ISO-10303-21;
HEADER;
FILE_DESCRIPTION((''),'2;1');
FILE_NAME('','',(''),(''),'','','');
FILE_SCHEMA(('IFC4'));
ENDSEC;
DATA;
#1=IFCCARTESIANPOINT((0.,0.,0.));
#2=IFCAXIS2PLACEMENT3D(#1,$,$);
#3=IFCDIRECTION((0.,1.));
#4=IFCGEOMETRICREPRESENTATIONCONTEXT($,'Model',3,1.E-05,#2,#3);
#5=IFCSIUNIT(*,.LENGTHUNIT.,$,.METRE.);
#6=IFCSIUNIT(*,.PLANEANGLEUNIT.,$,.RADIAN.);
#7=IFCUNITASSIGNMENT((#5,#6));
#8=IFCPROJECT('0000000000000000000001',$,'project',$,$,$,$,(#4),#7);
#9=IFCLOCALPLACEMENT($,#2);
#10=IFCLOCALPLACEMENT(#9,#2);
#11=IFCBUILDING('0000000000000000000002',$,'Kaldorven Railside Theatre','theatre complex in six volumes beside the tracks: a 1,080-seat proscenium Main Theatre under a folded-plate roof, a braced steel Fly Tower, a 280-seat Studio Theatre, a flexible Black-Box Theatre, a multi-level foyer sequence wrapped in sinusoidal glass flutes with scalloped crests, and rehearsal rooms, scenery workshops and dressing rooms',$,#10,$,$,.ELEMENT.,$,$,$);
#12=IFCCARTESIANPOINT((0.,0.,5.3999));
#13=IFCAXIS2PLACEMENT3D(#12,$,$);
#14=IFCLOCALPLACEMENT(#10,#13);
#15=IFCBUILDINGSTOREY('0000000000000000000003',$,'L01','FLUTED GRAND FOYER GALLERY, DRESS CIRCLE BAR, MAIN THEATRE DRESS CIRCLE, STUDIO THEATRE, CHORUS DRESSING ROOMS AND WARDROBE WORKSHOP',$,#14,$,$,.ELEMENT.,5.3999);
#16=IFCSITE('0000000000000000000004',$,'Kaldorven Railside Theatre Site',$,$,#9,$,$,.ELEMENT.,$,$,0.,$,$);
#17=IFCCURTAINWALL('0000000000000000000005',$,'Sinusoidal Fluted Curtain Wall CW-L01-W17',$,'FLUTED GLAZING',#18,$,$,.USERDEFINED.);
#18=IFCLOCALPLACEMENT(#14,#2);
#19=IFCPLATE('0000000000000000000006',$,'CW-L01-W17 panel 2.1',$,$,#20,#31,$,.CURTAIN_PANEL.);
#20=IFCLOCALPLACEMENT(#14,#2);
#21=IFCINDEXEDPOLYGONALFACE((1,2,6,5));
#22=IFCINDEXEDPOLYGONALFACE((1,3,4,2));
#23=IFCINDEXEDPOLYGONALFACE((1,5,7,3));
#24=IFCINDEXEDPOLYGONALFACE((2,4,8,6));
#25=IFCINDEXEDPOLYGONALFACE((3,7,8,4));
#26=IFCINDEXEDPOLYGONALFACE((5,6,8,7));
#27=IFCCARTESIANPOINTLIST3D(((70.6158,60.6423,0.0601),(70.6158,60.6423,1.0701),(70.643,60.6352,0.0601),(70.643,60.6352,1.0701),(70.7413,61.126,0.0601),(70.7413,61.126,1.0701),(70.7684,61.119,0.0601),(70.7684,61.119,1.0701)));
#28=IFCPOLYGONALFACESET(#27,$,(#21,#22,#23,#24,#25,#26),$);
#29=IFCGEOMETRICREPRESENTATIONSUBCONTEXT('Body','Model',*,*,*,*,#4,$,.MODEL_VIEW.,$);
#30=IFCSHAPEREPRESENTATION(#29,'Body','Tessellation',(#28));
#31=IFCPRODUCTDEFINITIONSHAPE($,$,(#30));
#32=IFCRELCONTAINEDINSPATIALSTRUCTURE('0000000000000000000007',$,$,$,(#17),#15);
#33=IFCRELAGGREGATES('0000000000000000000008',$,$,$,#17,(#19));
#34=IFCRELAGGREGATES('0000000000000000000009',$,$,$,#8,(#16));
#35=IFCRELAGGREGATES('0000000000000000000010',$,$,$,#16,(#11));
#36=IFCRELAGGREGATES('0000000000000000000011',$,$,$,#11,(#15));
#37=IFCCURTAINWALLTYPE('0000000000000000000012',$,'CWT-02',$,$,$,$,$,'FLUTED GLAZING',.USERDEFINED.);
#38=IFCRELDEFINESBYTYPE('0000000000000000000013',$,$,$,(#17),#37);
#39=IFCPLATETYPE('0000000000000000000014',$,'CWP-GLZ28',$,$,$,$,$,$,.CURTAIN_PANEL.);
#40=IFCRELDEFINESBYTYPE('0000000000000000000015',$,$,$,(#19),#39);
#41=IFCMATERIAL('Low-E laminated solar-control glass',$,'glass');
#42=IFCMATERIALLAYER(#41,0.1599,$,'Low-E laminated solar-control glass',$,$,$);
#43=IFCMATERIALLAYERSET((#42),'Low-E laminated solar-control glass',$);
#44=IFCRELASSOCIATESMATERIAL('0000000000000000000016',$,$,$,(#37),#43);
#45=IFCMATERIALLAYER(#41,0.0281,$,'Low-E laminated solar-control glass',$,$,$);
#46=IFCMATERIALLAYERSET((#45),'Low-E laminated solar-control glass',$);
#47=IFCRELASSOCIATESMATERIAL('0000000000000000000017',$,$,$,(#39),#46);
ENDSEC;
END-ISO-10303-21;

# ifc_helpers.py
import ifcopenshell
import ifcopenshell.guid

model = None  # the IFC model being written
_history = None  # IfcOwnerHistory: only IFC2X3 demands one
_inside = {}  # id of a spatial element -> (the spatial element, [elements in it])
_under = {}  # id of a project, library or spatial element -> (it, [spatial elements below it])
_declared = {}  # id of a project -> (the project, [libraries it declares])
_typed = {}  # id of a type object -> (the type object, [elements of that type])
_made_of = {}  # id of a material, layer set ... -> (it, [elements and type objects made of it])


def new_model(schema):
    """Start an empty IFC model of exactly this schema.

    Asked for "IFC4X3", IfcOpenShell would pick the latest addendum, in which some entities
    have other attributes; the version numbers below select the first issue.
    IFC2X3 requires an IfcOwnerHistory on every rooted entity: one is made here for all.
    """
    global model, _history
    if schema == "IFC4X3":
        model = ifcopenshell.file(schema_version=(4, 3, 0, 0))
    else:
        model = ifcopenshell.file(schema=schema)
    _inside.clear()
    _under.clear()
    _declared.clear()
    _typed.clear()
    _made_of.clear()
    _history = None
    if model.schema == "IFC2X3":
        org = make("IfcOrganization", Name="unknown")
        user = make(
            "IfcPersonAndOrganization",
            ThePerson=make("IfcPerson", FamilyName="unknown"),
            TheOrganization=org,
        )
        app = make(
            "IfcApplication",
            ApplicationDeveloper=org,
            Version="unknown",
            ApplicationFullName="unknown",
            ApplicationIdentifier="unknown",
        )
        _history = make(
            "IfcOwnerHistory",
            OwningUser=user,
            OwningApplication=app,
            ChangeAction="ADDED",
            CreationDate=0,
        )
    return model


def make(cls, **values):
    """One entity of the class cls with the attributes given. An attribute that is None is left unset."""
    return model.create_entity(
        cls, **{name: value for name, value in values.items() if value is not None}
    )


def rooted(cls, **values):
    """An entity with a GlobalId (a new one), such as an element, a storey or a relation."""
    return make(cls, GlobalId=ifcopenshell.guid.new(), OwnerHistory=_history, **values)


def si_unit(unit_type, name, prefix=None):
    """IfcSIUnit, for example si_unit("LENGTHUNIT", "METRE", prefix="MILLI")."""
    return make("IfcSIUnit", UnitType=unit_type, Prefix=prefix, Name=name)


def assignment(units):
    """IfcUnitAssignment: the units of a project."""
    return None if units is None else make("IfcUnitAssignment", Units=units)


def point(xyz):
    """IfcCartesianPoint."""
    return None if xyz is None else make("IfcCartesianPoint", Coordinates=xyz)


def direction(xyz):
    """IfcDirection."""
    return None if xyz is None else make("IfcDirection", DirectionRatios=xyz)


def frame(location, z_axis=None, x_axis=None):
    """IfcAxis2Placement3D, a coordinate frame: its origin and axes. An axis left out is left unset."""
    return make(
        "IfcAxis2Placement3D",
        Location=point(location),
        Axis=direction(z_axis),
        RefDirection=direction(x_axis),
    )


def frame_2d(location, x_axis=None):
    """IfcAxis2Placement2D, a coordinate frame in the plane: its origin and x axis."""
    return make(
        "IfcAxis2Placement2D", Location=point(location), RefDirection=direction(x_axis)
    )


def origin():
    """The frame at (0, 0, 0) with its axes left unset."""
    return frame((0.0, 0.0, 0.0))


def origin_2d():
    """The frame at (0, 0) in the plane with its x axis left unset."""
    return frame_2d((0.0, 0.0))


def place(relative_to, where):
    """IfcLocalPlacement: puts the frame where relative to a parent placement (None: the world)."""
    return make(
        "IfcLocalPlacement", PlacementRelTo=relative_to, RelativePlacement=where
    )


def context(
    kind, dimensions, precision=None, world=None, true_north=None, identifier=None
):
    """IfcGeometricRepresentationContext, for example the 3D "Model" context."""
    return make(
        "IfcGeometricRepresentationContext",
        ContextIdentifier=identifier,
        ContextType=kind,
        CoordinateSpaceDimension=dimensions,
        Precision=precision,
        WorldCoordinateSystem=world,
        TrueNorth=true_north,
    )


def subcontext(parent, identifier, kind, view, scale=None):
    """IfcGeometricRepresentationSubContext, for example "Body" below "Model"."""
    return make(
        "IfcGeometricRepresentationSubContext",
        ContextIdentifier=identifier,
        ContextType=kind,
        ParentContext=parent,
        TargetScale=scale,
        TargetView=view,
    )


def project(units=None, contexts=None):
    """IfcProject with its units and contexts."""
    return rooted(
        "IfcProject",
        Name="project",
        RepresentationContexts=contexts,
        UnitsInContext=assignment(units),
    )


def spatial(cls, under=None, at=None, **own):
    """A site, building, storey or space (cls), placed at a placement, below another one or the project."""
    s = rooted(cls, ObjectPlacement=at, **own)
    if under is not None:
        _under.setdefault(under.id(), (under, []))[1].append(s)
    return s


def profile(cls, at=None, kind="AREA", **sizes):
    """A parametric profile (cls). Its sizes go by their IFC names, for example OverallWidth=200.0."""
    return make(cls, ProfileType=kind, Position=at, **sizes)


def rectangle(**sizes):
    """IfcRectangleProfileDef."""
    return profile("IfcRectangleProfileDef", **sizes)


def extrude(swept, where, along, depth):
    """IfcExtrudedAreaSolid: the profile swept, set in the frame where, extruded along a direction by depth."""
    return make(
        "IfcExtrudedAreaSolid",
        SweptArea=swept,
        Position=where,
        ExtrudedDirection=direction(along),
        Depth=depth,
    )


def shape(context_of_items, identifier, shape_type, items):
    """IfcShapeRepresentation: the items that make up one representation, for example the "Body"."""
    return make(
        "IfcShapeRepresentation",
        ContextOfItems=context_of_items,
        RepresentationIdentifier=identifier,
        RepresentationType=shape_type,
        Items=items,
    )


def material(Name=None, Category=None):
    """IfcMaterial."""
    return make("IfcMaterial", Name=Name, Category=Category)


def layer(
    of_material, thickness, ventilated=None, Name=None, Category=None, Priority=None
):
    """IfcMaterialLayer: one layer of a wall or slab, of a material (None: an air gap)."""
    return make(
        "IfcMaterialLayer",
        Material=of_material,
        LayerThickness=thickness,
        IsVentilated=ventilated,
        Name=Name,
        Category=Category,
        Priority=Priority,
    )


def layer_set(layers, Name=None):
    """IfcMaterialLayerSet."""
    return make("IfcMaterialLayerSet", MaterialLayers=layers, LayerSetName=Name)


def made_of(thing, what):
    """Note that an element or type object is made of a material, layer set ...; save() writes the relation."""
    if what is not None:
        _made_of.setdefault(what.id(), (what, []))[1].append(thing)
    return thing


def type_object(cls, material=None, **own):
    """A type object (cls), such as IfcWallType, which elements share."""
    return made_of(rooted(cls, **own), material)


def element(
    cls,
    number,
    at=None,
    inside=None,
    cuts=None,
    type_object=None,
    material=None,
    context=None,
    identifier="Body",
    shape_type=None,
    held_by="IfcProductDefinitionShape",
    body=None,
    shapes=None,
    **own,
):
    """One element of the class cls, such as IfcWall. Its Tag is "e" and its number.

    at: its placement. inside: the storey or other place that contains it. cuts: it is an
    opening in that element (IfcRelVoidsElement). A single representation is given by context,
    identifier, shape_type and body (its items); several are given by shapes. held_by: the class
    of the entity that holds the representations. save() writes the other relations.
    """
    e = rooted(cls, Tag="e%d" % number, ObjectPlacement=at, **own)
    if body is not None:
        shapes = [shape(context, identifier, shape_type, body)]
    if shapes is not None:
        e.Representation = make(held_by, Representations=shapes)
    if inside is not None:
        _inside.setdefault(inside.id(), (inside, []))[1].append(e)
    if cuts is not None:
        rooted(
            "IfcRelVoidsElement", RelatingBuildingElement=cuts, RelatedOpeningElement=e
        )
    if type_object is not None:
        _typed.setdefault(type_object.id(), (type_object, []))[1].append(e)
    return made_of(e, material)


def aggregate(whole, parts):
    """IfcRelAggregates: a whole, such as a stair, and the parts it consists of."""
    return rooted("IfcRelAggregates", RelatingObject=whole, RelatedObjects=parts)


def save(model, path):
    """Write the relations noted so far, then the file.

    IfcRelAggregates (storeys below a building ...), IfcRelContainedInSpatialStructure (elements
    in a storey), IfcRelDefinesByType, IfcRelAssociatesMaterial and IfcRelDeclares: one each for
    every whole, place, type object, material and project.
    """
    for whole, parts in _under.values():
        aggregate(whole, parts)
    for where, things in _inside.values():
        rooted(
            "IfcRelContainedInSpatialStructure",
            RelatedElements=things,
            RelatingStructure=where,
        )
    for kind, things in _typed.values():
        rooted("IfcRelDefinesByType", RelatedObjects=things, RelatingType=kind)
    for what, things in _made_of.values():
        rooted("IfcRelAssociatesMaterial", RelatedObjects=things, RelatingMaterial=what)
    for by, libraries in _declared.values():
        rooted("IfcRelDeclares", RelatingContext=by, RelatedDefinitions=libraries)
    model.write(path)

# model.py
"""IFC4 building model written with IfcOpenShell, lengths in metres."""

from ifc_helpers import new_model, si_unit, direction, frame, origin, origin_2d, place, context, subcontext, project, spatial, rectangle, extrude, material, layer, layer_set, type_object, element, aggregate, save


model = new_model("IFC4")

# Units and contexts
model_context = context("Model", 3, precision=1e-05, world=origin(), true_north=direction((0.0, 1.0)))
body_context = subcontext(model_context, "Body", "Model", "MODEL_VIEW")
ifc_project = project(units=[si_unit("LENGTHUNIT", "METRE"), si_unit("PLANEANGLEUNIT", "RADIAN")], contexts=[model_context])

# Site, building, storey
site_placement = place(None, origin())
site = spatial("IfcSite", under=ifc_project, at=site_placement, Name="Kaldorven Railside Theatre Site", CompositionType="ELEMENT", RefElevation=0.0)
building_placement = place(site_placement, origin())
building = spatial("IfcBuilding", under=site, at=building_placement, Name="Kaldorven Railside Theatre", Description="theatre complex in six volumes beside the tracks: a 1,080-seat proscenium Main Theatre under a folded-plate roof, a braced steel Fly Tower, a 280-seat Studio Theatre, a flexible Black-Box Theatre, a multi-level foyer sequence wrapped in sinusoidal glass flutes with scalloped crests, and rehearsal rooms, scenery workshops and dressing rooms", CompositionType="ELEMENT")
storey_placement = place(building_placement, frame((0.0, 0.0, 5.3999)))
storey = spatial("IfcBuildingStorey", under=building, at=storey_placement, Name="L01", Description="FLUTED GRAND FOYER GALLERY, DRESS CIRCLE BAR, MAIN THEATRE DRESS CIRCLE, STUDIO THEATRE, CHORUS DRESSING ROOMS AND WARDROBE WORKSHOP", CompositionType="ELEMENT", Elevation=5.3999)

# Curtain wall
ifc_material_1 = material(Name="Low-E laminated solar-control glass", Category="glass")
ifc_layer_1 = layer(ifc_material_1, 0.1599, Name="Low-E laminated solar-control glass")
ifc_layer_set_1 = layer_set([ifc_layer_1], Name="Low-E laminated solar-control glass")
curtain_wall_type_1 = type_object("IfcCurtainWallType", Name="CWT-02", ElementType="FLUTED GLAZING", PredefinedType="USERDEFINED", material=ifc_layer_set_1)
curtain_wall_1_placement = place(storey_placement, origin())
curtain_wall_1 = element("IfcCurtainWall", 1, at=curtain_wall_1_placement, inside=storey, type_object=curtain_wall_type_1, Name="Sinusoidal Fluted Curtain Wall CW-L01-W17", ObjectType="FLUTED GLAZING", PredefinedType="USERDEFINED")

# Plate
ifc_layer_2 = layer(ifc_material_1, 0.0281, Name="Low-E laminated solar-control glass")
ifc_layer_set_2 = layer_set([ifc_layer_2], Name="Low-E laminated solar-control glass")
plate_type = type_object("IfcPlateType", Name="CWP-GLZ28", PredefinedType="CURTAIN_PANEL", material=ifc_layer_set_2)
plate_1_placement = place(storey_placement, frame((70.6921, 60.8806, 0.0601), z_axis=(0.0, 0.0, 1.0), x_axis=(0.250954, 0.967999, 0.0)))
plate_1 = element("IfcPlate", 2, at=plate_1_placement, type_object=plate_type, Name="CW-L01-W17 panel 2.1", PredefinedType="CURTAIN_PANEL", context=body_context, shape_type="SweptSolid", body=[
    extrude(rectangle(XDim=0.4998, YDim=0.0281, at=origin_2d()), origin(), (0.0, 0.0, 1.0), 1.01),
])
aggregate(curtain_wall_1, [plate_1])

save(model, "model.ifc")
